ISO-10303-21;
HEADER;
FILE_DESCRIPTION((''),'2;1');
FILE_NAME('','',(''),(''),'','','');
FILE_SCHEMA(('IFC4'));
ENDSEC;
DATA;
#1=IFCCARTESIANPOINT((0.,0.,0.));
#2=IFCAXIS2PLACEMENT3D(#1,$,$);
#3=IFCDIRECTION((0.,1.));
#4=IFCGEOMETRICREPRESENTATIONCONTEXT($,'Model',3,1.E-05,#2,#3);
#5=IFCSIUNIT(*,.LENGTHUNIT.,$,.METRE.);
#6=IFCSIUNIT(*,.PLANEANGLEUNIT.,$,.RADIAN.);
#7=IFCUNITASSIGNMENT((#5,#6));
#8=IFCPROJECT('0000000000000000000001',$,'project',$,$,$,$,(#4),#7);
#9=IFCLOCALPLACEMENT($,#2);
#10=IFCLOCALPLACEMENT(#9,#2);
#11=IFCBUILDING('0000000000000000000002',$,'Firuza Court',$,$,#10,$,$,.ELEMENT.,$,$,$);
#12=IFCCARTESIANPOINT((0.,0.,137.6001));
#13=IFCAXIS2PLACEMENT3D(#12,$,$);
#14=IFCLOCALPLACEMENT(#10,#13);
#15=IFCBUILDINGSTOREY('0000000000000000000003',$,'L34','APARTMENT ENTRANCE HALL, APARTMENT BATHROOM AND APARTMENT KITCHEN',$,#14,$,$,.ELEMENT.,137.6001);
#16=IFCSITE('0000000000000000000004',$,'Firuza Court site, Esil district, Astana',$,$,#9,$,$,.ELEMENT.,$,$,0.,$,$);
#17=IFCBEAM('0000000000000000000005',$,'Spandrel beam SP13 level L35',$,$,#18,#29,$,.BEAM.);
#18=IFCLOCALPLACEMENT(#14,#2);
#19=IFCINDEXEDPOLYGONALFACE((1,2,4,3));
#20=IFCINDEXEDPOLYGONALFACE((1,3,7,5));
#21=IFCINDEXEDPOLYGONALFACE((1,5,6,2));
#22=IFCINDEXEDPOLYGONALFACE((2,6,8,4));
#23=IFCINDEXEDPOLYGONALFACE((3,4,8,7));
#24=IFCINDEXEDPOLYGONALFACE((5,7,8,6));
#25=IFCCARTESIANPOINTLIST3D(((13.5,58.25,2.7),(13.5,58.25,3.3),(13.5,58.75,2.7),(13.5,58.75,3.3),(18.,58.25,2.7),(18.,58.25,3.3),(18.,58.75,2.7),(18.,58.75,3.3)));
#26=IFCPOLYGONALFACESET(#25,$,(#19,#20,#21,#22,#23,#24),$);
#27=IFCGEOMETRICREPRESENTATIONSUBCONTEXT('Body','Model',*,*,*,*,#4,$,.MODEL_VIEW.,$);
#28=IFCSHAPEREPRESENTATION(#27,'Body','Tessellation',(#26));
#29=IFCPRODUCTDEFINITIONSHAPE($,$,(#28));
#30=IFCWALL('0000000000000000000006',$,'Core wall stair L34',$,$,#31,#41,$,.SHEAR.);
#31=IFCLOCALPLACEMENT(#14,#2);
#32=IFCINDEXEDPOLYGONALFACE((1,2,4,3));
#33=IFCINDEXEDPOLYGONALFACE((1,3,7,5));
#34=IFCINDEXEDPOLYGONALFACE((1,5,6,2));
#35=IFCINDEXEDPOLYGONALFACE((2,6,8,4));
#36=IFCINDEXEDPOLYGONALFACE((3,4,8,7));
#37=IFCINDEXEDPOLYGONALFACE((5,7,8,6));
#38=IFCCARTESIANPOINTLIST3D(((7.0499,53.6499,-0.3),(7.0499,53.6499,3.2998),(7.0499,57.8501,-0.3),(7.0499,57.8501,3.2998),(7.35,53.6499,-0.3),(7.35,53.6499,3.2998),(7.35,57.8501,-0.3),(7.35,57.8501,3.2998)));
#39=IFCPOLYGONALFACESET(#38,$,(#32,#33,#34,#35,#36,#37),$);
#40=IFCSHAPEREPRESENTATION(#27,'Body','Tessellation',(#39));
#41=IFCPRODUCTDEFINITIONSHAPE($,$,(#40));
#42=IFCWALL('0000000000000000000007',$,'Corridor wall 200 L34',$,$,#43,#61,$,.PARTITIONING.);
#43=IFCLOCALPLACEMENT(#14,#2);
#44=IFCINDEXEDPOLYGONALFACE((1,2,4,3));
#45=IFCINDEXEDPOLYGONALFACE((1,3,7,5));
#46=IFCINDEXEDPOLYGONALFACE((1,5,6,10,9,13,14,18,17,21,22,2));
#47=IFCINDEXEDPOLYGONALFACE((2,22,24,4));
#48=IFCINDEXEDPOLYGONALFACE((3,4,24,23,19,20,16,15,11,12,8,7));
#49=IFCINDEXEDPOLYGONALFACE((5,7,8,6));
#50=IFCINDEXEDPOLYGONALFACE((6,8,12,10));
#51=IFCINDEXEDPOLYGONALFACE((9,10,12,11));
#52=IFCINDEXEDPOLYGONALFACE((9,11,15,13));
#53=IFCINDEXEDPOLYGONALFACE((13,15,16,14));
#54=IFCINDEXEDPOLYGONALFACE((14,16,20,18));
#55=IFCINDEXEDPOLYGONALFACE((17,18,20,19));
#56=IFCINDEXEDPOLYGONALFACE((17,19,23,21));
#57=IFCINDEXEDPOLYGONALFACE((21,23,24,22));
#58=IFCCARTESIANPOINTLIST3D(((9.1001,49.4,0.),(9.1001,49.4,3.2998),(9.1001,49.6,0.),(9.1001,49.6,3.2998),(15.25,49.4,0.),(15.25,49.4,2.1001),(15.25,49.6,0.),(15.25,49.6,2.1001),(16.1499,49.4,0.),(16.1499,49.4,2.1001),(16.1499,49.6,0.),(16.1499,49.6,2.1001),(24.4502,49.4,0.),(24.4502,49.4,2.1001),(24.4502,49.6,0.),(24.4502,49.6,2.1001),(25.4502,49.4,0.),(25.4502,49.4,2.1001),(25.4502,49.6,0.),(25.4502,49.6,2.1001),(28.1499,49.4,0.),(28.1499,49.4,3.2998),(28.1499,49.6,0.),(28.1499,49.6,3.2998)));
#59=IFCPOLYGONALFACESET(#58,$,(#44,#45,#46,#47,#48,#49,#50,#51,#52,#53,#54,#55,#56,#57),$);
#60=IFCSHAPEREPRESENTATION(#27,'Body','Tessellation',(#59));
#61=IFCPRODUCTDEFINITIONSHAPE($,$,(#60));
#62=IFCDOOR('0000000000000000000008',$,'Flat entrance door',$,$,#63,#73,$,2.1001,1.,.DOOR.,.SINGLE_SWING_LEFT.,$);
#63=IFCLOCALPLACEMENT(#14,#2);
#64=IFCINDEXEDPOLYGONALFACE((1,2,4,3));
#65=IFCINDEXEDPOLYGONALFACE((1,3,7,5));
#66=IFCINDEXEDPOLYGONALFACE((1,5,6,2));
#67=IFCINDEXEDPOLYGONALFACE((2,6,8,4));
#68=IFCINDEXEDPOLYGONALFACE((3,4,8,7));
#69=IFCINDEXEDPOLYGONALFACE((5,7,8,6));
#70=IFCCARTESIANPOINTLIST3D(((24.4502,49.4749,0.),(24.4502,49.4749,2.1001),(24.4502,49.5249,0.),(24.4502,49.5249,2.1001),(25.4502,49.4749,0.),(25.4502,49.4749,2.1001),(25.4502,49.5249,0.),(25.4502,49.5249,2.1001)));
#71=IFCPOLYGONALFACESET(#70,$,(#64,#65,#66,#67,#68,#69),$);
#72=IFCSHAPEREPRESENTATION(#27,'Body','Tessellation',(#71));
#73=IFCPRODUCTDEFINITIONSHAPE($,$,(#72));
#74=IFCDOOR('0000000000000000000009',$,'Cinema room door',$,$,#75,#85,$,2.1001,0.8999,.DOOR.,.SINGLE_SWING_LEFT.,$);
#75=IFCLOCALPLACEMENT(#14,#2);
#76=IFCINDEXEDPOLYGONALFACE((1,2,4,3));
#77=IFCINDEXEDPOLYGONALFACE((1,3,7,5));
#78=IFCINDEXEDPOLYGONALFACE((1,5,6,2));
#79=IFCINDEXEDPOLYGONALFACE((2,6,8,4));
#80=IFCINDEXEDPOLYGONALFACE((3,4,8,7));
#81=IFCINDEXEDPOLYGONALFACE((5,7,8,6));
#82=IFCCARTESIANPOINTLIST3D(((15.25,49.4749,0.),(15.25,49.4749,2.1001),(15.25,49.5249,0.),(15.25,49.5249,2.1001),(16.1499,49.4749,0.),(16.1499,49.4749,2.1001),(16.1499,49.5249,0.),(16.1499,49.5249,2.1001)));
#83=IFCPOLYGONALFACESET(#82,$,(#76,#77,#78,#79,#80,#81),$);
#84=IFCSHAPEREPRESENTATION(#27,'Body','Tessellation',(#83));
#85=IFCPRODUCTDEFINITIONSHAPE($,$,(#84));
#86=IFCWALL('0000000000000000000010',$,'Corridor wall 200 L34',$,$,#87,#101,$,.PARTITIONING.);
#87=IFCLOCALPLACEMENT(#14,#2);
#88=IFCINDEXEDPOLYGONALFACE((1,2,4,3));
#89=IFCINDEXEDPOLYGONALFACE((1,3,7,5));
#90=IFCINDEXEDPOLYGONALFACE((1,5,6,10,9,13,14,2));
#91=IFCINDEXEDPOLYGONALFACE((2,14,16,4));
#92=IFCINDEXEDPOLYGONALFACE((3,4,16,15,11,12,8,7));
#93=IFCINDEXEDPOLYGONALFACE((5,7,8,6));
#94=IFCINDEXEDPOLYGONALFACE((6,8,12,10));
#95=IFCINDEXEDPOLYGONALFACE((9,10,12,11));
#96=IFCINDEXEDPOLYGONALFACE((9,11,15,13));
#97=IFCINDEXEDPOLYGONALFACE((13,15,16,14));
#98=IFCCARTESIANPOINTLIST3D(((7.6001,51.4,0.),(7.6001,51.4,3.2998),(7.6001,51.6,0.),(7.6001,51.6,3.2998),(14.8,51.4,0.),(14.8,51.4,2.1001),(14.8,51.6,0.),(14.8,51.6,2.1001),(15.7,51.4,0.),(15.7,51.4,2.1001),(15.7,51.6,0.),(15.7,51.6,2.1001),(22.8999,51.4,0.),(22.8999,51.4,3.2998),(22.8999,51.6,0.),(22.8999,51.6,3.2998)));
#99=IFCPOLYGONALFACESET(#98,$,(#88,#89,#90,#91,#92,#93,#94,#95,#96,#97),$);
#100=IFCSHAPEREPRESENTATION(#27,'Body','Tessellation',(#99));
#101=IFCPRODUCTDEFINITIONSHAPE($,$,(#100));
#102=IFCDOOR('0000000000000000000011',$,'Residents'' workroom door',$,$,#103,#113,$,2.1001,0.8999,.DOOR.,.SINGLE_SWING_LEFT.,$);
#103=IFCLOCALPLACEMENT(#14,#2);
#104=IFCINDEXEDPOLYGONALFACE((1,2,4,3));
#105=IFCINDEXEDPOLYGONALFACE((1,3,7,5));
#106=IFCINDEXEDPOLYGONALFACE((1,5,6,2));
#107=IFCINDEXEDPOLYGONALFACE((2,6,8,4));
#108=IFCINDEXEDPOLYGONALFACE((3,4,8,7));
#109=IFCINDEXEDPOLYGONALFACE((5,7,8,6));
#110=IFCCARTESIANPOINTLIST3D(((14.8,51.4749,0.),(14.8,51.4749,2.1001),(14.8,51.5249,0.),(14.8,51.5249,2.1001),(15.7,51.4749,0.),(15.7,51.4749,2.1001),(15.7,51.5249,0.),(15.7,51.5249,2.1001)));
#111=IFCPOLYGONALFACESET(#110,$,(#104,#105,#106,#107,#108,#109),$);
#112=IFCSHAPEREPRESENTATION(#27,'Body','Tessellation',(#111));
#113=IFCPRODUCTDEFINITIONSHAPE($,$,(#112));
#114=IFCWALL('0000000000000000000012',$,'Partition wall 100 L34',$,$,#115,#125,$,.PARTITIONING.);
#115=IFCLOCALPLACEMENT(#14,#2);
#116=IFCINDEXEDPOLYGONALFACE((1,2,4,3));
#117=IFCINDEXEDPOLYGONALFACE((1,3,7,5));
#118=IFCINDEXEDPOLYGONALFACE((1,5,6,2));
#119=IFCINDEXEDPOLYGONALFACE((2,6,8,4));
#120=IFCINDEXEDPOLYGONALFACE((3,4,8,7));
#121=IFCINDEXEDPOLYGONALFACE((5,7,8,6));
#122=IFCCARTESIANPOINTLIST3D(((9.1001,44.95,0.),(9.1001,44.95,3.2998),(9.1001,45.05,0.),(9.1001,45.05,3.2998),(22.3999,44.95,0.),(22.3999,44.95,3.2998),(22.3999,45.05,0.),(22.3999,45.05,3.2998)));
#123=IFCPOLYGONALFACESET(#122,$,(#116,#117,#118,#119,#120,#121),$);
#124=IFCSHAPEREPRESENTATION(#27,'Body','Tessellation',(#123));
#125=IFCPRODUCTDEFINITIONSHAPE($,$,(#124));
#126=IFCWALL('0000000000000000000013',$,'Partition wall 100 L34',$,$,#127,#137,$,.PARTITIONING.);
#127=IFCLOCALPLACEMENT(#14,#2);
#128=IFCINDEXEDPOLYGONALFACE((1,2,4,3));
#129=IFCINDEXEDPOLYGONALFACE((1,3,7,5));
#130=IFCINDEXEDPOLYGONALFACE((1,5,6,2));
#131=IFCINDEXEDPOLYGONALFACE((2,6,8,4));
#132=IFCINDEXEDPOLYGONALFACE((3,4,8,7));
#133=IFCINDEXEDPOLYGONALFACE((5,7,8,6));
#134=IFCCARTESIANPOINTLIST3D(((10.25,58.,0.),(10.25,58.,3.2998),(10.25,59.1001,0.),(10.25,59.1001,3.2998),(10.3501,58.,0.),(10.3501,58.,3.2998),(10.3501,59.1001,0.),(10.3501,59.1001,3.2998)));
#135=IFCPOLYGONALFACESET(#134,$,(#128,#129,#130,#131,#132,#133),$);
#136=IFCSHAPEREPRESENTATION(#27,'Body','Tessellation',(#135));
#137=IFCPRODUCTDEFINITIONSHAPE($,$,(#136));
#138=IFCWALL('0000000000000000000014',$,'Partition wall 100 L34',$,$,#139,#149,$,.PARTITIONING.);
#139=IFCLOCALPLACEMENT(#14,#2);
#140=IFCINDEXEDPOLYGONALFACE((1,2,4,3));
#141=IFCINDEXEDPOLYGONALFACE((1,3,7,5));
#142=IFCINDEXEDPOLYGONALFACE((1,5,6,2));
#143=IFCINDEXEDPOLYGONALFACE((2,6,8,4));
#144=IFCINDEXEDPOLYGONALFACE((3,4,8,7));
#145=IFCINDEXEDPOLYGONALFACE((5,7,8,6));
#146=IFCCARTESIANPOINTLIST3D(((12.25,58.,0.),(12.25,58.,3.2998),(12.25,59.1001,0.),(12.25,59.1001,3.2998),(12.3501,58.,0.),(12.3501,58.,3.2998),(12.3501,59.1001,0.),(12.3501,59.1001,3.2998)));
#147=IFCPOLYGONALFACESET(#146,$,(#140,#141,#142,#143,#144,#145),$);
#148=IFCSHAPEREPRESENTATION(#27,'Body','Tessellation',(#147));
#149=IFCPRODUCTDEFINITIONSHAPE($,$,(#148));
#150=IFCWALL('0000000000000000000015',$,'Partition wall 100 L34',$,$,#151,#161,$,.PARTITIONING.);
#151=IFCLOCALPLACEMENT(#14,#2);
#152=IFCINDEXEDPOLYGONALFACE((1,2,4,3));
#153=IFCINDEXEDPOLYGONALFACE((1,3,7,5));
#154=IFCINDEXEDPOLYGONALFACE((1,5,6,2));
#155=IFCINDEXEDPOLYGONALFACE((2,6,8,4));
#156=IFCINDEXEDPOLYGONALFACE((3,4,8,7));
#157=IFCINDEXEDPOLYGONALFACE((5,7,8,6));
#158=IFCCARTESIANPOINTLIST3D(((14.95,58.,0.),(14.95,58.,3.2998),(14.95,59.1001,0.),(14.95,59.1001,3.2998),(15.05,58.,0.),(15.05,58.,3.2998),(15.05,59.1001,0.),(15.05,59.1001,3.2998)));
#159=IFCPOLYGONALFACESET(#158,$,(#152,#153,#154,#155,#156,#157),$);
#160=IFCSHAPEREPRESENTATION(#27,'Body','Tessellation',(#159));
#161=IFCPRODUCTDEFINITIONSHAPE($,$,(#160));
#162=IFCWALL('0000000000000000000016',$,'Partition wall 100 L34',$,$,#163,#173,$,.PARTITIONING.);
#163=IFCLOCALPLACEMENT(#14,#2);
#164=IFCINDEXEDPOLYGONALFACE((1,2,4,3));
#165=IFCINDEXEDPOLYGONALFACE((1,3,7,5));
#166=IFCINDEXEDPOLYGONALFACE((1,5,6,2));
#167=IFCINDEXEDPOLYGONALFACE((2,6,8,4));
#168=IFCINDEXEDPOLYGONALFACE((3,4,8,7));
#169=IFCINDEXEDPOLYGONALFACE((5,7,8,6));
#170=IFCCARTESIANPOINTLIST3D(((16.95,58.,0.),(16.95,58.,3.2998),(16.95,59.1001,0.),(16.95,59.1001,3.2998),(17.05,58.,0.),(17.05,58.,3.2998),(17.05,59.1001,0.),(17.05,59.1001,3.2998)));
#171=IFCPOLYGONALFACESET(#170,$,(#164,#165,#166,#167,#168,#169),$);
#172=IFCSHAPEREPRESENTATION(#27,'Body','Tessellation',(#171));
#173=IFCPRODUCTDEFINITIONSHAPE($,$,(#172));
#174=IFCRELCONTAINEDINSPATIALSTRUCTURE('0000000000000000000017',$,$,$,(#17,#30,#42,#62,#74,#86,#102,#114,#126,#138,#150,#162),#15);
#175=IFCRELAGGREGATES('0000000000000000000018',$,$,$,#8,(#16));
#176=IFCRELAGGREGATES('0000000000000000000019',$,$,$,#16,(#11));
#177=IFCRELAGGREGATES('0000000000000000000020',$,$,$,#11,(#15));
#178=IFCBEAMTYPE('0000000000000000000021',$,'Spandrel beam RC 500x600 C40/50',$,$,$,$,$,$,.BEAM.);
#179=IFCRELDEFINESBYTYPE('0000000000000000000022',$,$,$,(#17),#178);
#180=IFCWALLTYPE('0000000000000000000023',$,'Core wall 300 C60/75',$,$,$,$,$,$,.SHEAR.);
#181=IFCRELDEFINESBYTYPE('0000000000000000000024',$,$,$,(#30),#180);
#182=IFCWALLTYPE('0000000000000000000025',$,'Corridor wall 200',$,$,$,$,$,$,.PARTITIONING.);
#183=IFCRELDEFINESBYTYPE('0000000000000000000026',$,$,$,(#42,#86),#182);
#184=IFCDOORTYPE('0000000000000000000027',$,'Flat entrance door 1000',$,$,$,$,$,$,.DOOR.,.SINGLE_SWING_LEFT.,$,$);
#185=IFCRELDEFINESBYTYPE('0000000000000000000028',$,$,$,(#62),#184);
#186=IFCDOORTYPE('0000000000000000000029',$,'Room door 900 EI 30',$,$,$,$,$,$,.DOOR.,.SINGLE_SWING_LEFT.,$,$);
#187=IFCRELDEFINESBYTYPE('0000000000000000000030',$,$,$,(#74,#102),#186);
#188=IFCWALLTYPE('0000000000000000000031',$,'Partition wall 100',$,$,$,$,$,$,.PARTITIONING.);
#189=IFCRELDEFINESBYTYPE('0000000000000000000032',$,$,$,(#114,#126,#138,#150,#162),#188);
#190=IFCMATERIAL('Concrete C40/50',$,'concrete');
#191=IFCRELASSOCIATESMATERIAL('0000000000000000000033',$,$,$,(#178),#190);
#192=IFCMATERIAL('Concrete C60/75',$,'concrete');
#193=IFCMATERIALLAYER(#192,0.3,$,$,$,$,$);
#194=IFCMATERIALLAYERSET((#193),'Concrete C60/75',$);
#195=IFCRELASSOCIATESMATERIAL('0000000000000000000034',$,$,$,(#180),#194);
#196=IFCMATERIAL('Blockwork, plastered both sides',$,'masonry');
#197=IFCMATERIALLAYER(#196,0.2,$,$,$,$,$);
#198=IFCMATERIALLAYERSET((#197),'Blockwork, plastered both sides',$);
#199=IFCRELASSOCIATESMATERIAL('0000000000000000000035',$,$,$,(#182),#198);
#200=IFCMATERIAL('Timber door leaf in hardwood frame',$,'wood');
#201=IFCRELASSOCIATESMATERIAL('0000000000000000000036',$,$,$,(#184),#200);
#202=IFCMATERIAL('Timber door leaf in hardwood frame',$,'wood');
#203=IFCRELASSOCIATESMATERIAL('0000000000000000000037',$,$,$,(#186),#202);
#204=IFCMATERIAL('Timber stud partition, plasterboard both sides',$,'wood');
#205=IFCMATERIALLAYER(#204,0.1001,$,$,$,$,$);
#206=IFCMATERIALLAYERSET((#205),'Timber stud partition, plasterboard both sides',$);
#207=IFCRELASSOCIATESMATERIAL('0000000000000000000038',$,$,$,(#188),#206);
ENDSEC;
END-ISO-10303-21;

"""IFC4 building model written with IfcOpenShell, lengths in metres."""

from ifc_helpers import new_model, si_unit, direction, frame, frame_2d, origin, origin_2d, place, context, subcontext, project, spatial, rectangle, extrude, material, layer, layer_set, material_profile, profile_set, type_object, element, fill, save


model = new_model("IFC4")

# Units and contexts
model_context = context("Model", 3, precision=1e-05, world=origin(), true_north=direction((0.0, 1.0)))
body_context = subcontext(model_context, "Body", "Model", "MODEL_VIEW")
ifc_project = project(units=[si_unit("LENGTHUNIT", "METRE"), si_unit("PLANEANGLEUNIT", "RADIAN")], contexts=[model_context])

# Site, building, storey
site_placement = place(None, origin())
site = spatial("IfcSite", under=ifc_project, at=site_placement, Name="Firuza Court site, Esil district, Astana", CompositionType="ELEMENT", RefElevation=0.0)
building_placement = place(site_placement, origin())
building = spatial("IfcBuilding", under=site, at=building_placement, Name="Firuza Court", CompositionType="ELEMENT")
storey_placement = place(building_placement, frame((0.0, 0.0, 137.6001)))
storey = spatial("IfcBuildingStorey", under=building, at=storey_placement, Name="L34", Description="APARTMENT ENTRANCE HALL, APARTMENT BATHROOM AND APARTMENT KITCHEN", CompositionType="ELEMENT", Elevation=137.6001)

# Beam
ifc_material_1 = material(Name="Concrete C40/50", Category="concrete")
ifc_material_profile_1 = material_profile(ifc_material_1, rectangle(XDim=0.5, YDim=0.6001, at=origin_2d()), Name="RC 500x600")
ifc_profile_set_1 = profile_set([ifc_material_profile_1], Name="Concrete C40/50")
beam_type = type_object("IfcBeamType", Name="Spandrel beam RC 500x600 C40/50", PredefinedType="BEAM", material=ifc_profile_set_1)
for number, where, z_axis, x_axis, name in (
    (1, (18.0, 58.5, 3.0), (-1.0, 0.0, 0.0), (0.0, -1.0, 0.0), "Spandrel beam SP13 level L35"),
):
    element("IfcBeam", number, at=place(storey_placement, frame(where, z_axis=z_axis, x_axis=x_axis)), inside=storey, type_object=beam_type, Name=name, PredefinedType="BEAM", context=body_context, shape_type="SweptSolid", body=[
        extrude(rectangle(XDim=0.5, YDim=0.6001, at=origin_2d()), origin(), (0.0, 0.0, 1.0), 4.5),
    ])

# Wall
ifc_material_2 = material(Name="Concrete C60/75", Category="concrete")
ifc_layer_1 = layer(ifc_material_2, 0.3)
ifc_layer_set_1 = layer_set([ifc_layer_1], Name="Concrete C60/75")
wall_type_1 = type_object("IfcWallType", Name="Core wall 300 C60/75", PredefinedType="SHEAR", material=ifc_layer_set_1)
wall_1_placement = place(storey_placement, frame((7.2, 53.6499, -0.3), z_axis=(0.0, 0.0, 1.0), x_axis=(0.0, 1.0, 0.0)))
element("IfcWall", 2, at=wall_1_placement, inside=storey, type_object=wall_type_1, Name="Core wall stair L34", PredefinedType="SHEAR", context=body_context, shape_type="SweptSolid", body=[
    extrude(rectangle(XDim=4.2002, YDim=0.3, at=frame_2d((2.1001, 0.0))), origin(), (0.0, 0.0, 1.0), 3.5999),
])

# Wall, openings, doors
ifc_material_3 = material(Name="Blockwork, plastered both sides", Category="masonry")
ifc_layer_2 = layer(ifc_material_3, 0.2)
ifc_layer_set_2 = layer_set([ifc_layer_2], Name="Blockwork, plastered both sides")
wall_type_2 = type_object("IfcWallType", Name="Corridor wall 200", PredefinedType="PARTITIONING", material=ifc_layer_set_2)
wall_2_placement = place(storey_placement, frame((9.1001, 49.5, 0.0), z_axis=(0.0, 0.0, 1.0), x_axis=(1.0, 0.0, 0.0)))
wall_2 = element("IfcWall", 3, at=wall_2_placement, inside=storey, type_object=wall_type_2, Name="Corridor wall 200 L34", PredefinedType="PARTITIONING", context=body_context, shape_type="SweptSolid", body=[
    extrude(rectangle(XDim=19.0498, YDim=0.2, at=frame_2d((9.5249, 0.0))), origin(), (0.0, 0.0, 1.0), 3.2998),
])
opening_1_placement = place(wall_2_placement, frame((15.3501, 0.0, 0.0)))
opening_1 = element("IfcOpeningElement", 4, at=opening_1_placement, cuts=wall_2, PredefinedType="OPENING", context=body_context, shape_type="SweptSolid", body=[
    extrude(rectangle(XDim=1.0, YDim=2.1001, at=frame_2d((0.5, 1.05))), frame((0.0, 0.1118, 0.0), z_axis=(0.0, -1.0, 0.0), x_axis=(1.0, 0.0, 0.0)), (0.0, 0.0, 1.0), 0.2239),
])
opening_2_placement = place(wall_2_placement, frame((6.1499, 0.0, 0.0)))
opening_2 = element("IfcOpeningElement", 5, at=opening_2_placement, cuts=wall_2, PredefinedType="OPENING", context=body_context, shape_type="SweptSolid", body=[
    extrude(rectangle(XDim=0.8999, YDim=2.1001, at=frame_2d((0.45, 1.05))), frame((0.0, 0.1118, 0.0), z_axis=(0.0, -1.0, 0.0), x_axis=(1.0, 0.0, 0.0)), (0.0, 0.0, 1.0), 0.2239),
])
ifc_material_4 = material(Name="Timber door leaf in hardwood frame", Category="wood")
door_type_1 = type_object("IfcDoorType", Name="Flat entrance door 1000", OperationType="SINGLE_SWING_LEFT", PredefinedType="DOOR", material=ifc_material_4)
door_1_placement = place(opening_1_placement, origin())
door_1 = element("IfcDoor", 6, at=door_1_placement, inside=storey, type_object=door_type_1, Name="Flat entrance door", OperationType="SINGLE_SWING_LEFT", OverallHeight=2.1001, OverallWidth=1.0, PredefinedType="DOOR", context=body_context, shape_type="SweptSolid", body=[
    extrude(rectangle(XDim=1.0, YDim=2.1001, at=frame_2d((0.5, 1.05))), frame((0.0, 0.0249, 0.0), z_axis=(0.0, -1.0, 0.0), x_axis=(1.0, 0.0, 0.0)), (0.0, 0.0, 1.0), 0.05),
])
fill(opening_1, door_1)
ifc_material_5 = material(Name="Timber door leaf in hardwood frame", Category="wood")
door_type_2 = type_object("IfcDoorType", Name="Room door 900 EI 30", OperationType="SINGLE_SWING_LEFT", PredefinedType="DOOR", material=ifc_material_5)
door_2_placement = place(opening_2_placement, origin())
door_2 = element("IfcDoor", 7, at=door_2_placement, inside=storey, type_object=door_type_2, Name="Cinema room door", OperationType="SINGLE_SWING_LEFT", OverallHeight=2.1001, OverallWidth=0.8999, PredefinedType="DOOR", context=body_context, shape_type="SweptSolid", body=[
    extrude(rectangle(XDim=0.8999, YDim=2.1001, at=frame_2d((0.45, 1.05))), frame((0.0, 0.0249, 0.0), z_axis=(0.0, -1.0, 0.0), x_axis=(1.0, 0.0, 0.0)), (0.0, 0.0, 1.0), 0.05),
])
fill(opening_2, door_2)

# Wall, opening, door
wall_3_placement = place(storey_placement, frame((7.6001, 51.5, 0.0), z_axis=(0.0, 0.0, 1.0), x_axis=(1.0, 0.0, 0.0)))
wall_3 = element("IfcWall", 8, at=wall_3_placement, inside=storey, type_object=wall_type_2, Name="Corridor wall 200 L34", PredefinedType="PARTITIONING", context=body_context, shape_type="SweptSolid", body=[
    extrude(rectangle(XDim=15.2998, YDim=0.2, at=frame_2d((7.6499, 0.0))), origin(), (0.0, 0.0, 1.0), 3.2998),
])
opening_3_placement = place(wall_3_placement, frame((7.2, 0.0, 0.0)))
opening_3 = element("IfcOpeningElement", 9, at=opening_3_placement, cuts=wall_3, PredefinedType="OPENING", context=body_context, shape_type="SweptSolid", body=[
    extrude(rectangle(XDim=0.8999, YDim=2.1001, at=frame_2d((0.45, 1.05))), frame((0.0, 0.1118, 0.0), z_axis=(0.0, -1.0, 0.0), x_axis=(1.0, 0.0, 0.0)), (0.0, 0.0, 1.0), 0.2239),
])
door_3_placement = place(opening_3_placement, origin())
door_3 = element("IfcDoor", 10, at=door_3_placement, inside=storey, type_object=door_type_2, Name="Residents' workroom door", OperationType="SINGLE_SWING_LEFT", OverallHeight=2.1001, OverallWidth=0.8999, PredefinedType="DOOR", context=body_context, shape_type="SweptSolid", body=[
    extrude(rectangle(XDim=0.8999, YDim=2.1001, at=frame_2d((0.45, 1.05))), frame((0.0, 0.0249, 0.0), z_axis=(0.0, -1.0, 0.0), x_axis=(1.0, 0.0, 0.0)), (0.0, 0.0, 1.0), 0.05),
])
fill(opening_3, door_3)

# Walls
ifc_material_6 = material(Name="Timber stud partition, plasterboard both sides", Category="wood")
ifc_layer_3 = layer(ifc_material_6, 0.1001)
ifc_layer_set_3 = layer_set([ifc_layer_3], Name="Timber stud partition, plasterboard both sides")
wall_type_3 = type_object("IfcWallType", Name="Partition wall 100", PredefinedType="PARTITIONING", material=ifc_layer_set_3)
wall_4_placement = place(storey_placement, frame((9.1001, 45.0, 0.0), z_axis=(0.0, 0.0, 1.0), x_axis=(1.0, 0.0, 0.0)))
element("IfcWall", 11, at=wall_4_placement, inside=storey, type_object=wall_type_3, Name="Partition wall 100 L34", PredefinedType="PARTITIONING", context=body_context, shape_type="SweptSolid", body=[
    extrude(rectangle(XDim=13.2998, YDim=0.1001, at=frame_2d((6.6499, 0.0))), origin(), (0.0, 0.0, 1.0), 3.2998),
])
for number, where, z_axis, x_axis, name in (
    (12, (10.3, 58.0, 0.0), (0.0, 0.0, 1.0), (0.0, 1.0, 0.0), "Partition wall 100 L34"),
    (13, (12.3, 58.0, 0.0), (0.0, 0.0, 1.0), (0.0, 1.0, 0.0), "Partition wall 100 L34"),
    (14, (15.0, 58.0, 0.0), (0.0, 0.0, 1.0), (0.0, 1.0, 0.0), "Partition wall 100 L34"),
    (15, (17.0, 58.0, 0.0), (0.0, 0.0, 1.0), (0.0, 1.0, 0.0), "Partition wall 100 L34"),
):
    element("IfcWall", number, at=place(storey_placement, frame(where, z_axis=z_axis, x_axis=x_axis)), inside=storey, type_object=wall_type_3, Name=name, PredefinedType="PARTITIONING", context=body_context, shape_type="SweptSolid", body=[
        extrude(rectangle(XDim=1.1001, YDim=0.1001, at=frame_2d((0.55, 0.0))), origin(), (0.0, 0.0, 1.0), 3.2998),
    ])

save(model, "model.ifc")
